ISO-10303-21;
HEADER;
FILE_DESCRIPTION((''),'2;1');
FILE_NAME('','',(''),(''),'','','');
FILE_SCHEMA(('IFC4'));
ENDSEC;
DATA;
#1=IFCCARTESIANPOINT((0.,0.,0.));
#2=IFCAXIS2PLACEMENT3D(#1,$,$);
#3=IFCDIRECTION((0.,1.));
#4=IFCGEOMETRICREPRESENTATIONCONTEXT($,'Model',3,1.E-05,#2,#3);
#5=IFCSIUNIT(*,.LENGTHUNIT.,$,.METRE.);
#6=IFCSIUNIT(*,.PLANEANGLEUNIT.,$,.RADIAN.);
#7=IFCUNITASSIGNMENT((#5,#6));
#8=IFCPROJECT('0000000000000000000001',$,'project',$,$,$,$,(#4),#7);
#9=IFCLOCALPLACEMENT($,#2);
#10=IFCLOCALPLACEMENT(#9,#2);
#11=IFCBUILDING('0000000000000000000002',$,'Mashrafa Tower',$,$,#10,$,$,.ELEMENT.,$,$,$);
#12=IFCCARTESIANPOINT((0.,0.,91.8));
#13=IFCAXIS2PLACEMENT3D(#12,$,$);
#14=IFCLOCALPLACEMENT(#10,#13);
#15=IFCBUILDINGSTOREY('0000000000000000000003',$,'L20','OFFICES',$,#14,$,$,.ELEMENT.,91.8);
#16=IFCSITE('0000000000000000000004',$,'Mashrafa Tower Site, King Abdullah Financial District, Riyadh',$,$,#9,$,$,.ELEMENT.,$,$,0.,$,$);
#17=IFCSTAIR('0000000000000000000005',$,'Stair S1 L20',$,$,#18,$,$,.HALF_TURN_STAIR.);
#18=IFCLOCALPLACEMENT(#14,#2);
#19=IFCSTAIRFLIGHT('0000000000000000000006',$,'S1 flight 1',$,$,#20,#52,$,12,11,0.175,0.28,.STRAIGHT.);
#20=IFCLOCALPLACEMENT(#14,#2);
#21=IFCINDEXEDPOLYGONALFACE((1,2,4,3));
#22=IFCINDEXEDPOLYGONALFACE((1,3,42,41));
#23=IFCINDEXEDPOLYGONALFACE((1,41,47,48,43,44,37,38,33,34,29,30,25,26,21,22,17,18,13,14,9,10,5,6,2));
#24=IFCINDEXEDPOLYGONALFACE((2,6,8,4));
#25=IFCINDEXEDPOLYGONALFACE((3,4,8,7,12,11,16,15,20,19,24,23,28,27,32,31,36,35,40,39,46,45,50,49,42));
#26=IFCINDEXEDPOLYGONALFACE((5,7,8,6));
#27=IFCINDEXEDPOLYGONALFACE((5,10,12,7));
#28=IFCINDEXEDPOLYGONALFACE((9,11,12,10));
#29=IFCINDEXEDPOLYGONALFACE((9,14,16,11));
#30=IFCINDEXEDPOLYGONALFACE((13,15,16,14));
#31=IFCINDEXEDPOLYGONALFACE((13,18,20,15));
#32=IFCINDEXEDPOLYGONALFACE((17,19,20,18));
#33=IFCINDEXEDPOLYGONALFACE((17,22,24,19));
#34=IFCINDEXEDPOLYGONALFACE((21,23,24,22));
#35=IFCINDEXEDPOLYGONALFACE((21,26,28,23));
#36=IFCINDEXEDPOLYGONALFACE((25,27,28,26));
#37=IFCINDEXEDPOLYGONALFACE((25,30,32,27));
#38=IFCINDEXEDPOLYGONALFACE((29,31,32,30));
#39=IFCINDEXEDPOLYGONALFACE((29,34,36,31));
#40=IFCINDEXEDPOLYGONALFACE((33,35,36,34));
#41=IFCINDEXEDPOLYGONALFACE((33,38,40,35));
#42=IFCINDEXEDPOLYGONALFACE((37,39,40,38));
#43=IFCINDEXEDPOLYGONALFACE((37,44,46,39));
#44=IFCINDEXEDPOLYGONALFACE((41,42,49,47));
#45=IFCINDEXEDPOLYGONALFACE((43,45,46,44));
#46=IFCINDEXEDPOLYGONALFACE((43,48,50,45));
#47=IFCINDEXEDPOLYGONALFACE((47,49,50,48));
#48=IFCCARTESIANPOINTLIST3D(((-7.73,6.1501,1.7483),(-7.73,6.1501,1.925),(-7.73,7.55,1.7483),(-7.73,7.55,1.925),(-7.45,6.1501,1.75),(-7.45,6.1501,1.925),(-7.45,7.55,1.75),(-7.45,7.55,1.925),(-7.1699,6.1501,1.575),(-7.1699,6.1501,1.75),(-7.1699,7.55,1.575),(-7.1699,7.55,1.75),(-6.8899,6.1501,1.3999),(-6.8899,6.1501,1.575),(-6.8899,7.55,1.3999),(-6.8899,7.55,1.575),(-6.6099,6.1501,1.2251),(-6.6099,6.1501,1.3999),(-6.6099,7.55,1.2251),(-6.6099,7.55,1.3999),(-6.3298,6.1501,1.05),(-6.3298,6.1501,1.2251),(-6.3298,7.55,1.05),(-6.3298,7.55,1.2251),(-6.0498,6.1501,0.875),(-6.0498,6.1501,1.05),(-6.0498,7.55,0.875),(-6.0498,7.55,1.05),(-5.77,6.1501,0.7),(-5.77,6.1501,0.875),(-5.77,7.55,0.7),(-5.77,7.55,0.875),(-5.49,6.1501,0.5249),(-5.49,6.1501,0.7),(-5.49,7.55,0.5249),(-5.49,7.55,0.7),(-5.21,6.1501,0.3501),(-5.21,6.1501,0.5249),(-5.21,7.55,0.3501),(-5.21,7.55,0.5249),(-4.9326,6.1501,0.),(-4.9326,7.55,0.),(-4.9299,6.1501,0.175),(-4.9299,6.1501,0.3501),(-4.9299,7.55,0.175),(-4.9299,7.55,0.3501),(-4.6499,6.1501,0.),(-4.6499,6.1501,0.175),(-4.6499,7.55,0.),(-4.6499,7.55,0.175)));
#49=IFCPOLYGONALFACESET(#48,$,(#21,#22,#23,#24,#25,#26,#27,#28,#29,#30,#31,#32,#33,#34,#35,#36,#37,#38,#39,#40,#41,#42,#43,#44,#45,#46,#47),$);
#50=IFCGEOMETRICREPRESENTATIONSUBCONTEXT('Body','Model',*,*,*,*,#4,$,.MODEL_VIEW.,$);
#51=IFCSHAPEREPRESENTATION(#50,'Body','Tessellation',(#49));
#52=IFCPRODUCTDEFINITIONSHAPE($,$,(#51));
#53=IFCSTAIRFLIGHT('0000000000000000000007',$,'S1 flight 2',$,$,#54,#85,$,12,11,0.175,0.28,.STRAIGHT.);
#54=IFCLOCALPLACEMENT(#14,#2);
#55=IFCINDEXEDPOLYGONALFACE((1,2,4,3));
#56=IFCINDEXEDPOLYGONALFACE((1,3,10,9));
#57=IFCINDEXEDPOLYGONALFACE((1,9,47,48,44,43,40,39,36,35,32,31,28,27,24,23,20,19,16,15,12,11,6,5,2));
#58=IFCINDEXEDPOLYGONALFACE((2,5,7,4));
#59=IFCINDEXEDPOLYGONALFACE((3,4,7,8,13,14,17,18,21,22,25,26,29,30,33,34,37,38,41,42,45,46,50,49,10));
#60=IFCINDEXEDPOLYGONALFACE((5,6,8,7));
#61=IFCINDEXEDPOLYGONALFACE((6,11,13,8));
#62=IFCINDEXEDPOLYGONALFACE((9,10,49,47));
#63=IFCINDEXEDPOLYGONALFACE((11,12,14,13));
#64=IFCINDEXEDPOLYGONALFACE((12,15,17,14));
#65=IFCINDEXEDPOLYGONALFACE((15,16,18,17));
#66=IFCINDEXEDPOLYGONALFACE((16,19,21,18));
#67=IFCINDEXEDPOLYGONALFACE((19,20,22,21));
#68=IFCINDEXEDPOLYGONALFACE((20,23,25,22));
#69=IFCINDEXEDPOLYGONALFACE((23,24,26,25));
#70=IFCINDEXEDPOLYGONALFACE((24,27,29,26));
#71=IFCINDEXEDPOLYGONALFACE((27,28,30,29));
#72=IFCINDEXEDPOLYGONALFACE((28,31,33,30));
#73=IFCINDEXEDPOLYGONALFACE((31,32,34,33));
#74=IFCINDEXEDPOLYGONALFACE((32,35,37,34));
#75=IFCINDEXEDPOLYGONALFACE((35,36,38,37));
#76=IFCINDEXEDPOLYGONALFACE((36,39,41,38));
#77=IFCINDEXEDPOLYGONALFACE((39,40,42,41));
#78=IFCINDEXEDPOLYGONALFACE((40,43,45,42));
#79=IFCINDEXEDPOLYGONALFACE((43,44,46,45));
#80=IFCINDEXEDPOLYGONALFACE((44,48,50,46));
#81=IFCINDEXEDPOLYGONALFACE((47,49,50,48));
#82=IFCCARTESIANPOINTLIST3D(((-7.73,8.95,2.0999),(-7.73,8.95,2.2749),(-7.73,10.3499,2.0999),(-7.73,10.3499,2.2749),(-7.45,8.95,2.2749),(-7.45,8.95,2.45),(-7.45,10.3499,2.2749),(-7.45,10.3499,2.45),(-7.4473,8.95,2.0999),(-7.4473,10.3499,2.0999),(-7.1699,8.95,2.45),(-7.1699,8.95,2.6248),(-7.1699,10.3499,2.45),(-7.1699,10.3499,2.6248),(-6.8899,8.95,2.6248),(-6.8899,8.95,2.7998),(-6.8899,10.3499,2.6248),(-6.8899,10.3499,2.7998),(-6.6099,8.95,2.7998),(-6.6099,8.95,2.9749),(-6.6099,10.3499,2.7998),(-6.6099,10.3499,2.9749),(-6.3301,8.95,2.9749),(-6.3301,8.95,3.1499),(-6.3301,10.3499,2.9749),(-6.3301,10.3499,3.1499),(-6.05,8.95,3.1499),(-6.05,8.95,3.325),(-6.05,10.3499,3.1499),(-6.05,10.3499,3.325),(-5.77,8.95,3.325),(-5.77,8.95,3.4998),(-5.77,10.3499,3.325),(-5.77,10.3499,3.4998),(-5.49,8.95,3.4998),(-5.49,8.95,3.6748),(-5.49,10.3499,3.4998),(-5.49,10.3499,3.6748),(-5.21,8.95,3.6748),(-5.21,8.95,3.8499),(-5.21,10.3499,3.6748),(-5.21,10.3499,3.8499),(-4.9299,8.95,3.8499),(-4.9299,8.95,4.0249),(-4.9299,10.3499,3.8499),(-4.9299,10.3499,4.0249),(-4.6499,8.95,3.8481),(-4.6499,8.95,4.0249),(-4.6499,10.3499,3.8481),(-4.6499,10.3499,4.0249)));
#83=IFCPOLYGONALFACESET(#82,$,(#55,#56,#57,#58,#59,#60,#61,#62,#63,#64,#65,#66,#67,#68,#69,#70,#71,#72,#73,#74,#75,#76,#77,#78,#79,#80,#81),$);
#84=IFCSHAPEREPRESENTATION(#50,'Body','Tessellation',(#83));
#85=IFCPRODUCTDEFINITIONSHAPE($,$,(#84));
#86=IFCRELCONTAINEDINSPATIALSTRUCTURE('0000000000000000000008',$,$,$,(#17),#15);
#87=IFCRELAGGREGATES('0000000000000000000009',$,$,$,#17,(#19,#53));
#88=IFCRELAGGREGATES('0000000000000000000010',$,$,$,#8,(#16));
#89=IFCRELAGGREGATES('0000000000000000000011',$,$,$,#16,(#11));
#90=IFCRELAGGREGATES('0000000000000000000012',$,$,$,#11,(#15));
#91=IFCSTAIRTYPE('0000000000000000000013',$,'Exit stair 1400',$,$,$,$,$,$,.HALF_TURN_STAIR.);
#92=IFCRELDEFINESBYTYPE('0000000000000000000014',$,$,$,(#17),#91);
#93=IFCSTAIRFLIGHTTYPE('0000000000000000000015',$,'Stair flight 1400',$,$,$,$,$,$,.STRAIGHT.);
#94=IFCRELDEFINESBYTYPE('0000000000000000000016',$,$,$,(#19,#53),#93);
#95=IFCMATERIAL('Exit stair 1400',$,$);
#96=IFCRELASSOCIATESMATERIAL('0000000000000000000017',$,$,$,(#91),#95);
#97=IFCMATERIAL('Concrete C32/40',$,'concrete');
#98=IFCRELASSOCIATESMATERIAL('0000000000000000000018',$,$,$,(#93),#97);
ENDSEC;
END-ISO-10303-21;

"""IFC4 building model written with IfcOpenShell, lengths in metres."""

from ifc_helpers import new_model, si_unit, direction, frame, origin, place, context, subcontext, project, spatial, polyline, outline, extrude, material, type_object, element, aggregate, save


model = new_model("IFC4")

# Units and contexts
model_context = context("Model", 3, precision=1e-05, world=origin(), true_north=direction((0.0, 1.0)))
body_context = subcontext(model_context, "Body", "Model", "MODEL_VIEW")
ifc_project = project(units=[si_unit("LENGTHUNIT", "METRE"), si_unit("PLANEANGLEUNIT", "RADIAN")], contexts=[model_context])

# Site, building, storey
site_placement = place(None, origin())
site = spatial("IfcSite", under=ifc_project, at=site_placement, Name="Mashrafa Tower Site, King Abdullah Financial District, Riyadh", CompositionType="ELEMENT", RefElevation=0.0)
building_placement = place(site_placement, origin())
building = spatial("IfcBuilding", under=site, at=building_placement, Name="Mashrafa Tower", CompositionType="ELEMENT")
storey_placement = place(building_placement, frame((0.0, 0.0, 91.8)))
storey = spatial("IfcBuildingStorey", under=building, at=storey_placement, Name="L20", Description="OFFICES", CompositionType="ELEMENT", Elevation=91.8)

# Stair, stair flights
ifc_material_1 = material(Name="Exit stair 1400")
stair_type = type_object("IfcStairType", Name="Exit stair 1400", PredefinedType="HALF_TURN_STAIR", material=ifc_material_1)
stair_placement = place(storey_placement, origin())
stair = element("IfcStair", 1, at=stair_placement, inside=storey, type_object=stair_type, Name="Stair S1 L20", PredefinedType="HALF_TURN_STAIR")
ifc_material_2 = material(Name="Concrete C32/40", Category="concrete")
stair_flight_type = type_object("IfcStairFlightType", Name="Stair flight 1400", PredefinedType="STRAIGHT", material=ifc_material_2)
stair_flight_1_placement = place(storey_placement, frame((-4.6499, 6.8501, 0.0), z_axis=(0.0, 0.0, 1.0), x_axis=(-1.0, 0.0, 0.0)))
stair_flight_1 = element("IfcStairFlight", 2, at=stair_flight_1_placement, type_object=stair_flight_type, Name="S1 flight 1", NumberOfRisers=12, NumberOfTreads=11, PredefinedType="STRAIGHT", RiserHeight=0.175, TreadLength=0.28, context=body_context, shape_type="SweptSolid", body=[
    extrude(outline(polyline([(0.0, 0.0), (0.0, 0.175), (0.28, 0.175), (0.28, 0.3501), (0.5601, 0.3501), (0.5601, 0.5249), (0.8401, 0.5249), (0.8401, 0.7), (1.1201, 0.7), (1.1201, 0.875), (1.3999, 0.875), (1.3999, 1.05), (1.6799, 1.05), (1.6799, 1.2251), (1.96, 1.2251), (1.96, 1.3999), (2.24, 1.3999), (2.24, 1.575), (2.52, 1.575), (2.52, 1.75), (2.8, 1.75), (2.8, 1.925), (3.0801, 1.925), (3.0801, 2.1001), (3.0801, 1.7483), (0.2827, 0.0), (0.0, 0.0)])), frame((0.0, 0.7, 0.0), z_axis=(0.0, -1.0, 0.0), x_axis=(1.0, 0.0, 0.0)), (0.0, 0.0, 1.0), 1.3999),
])
stair_flight_2_placement = place(storey_placement, frame((-7.73, 9.6499, 2.0999), z_axis=(0.0, 0.0, 1.0), x_axis=(1.0, 0.0, 0.0)))
stair_flight_2 = element("IfcStairFlight", 3, at=stair_flight_2_placement, type_object=stair_flight_type, Name="S1 flight 2", NumberOfRisers=12, NumberOfTreads=11, PredefinedType="STRAIGHT", RiserHeight=0.175, TreadLength=0.28, context=body_context, shape_type="SweptSolid", body=[
    extrude(outline(polyline([(0.0, 0.0), (0.0, 0.175), (0.28, 0.175), (0.28, 0.3501), (0.5601, 0.3501), (0.5601, 0.5249), (0.8401, 0.5249), (0.8401, 0.7), (1.1201, 0.7), (1.1201, 0.875), (1.3999, 0.875), (1.3999, 1.05), (1.6799, 1.05), (1.6799, 1.2251), (1.96, 1.2251), (1.96, 1.3999), (2.24, 1.3999), (2.24, 1.575), (2.52, 1.575), (2.52, 1.75), (2.8, 1.75), (2.8, 1.925), (3.0801, 1.925), (3.0801, 2.1001), (3.0801, 1.7483), (0.2827, 0.0), (0.0, 0.0)])), frame((0.0, 0.7, 0.0), z_axis=(0.0, -1.0, 0.0), x_axis=(1.0, 0.0, 0.0)), (0.0, 0.0, 1.0), 1.3999),
])
aggregate(stair, [stair_flight_1, stair_flight_2])

save(model, "model.ifc")
